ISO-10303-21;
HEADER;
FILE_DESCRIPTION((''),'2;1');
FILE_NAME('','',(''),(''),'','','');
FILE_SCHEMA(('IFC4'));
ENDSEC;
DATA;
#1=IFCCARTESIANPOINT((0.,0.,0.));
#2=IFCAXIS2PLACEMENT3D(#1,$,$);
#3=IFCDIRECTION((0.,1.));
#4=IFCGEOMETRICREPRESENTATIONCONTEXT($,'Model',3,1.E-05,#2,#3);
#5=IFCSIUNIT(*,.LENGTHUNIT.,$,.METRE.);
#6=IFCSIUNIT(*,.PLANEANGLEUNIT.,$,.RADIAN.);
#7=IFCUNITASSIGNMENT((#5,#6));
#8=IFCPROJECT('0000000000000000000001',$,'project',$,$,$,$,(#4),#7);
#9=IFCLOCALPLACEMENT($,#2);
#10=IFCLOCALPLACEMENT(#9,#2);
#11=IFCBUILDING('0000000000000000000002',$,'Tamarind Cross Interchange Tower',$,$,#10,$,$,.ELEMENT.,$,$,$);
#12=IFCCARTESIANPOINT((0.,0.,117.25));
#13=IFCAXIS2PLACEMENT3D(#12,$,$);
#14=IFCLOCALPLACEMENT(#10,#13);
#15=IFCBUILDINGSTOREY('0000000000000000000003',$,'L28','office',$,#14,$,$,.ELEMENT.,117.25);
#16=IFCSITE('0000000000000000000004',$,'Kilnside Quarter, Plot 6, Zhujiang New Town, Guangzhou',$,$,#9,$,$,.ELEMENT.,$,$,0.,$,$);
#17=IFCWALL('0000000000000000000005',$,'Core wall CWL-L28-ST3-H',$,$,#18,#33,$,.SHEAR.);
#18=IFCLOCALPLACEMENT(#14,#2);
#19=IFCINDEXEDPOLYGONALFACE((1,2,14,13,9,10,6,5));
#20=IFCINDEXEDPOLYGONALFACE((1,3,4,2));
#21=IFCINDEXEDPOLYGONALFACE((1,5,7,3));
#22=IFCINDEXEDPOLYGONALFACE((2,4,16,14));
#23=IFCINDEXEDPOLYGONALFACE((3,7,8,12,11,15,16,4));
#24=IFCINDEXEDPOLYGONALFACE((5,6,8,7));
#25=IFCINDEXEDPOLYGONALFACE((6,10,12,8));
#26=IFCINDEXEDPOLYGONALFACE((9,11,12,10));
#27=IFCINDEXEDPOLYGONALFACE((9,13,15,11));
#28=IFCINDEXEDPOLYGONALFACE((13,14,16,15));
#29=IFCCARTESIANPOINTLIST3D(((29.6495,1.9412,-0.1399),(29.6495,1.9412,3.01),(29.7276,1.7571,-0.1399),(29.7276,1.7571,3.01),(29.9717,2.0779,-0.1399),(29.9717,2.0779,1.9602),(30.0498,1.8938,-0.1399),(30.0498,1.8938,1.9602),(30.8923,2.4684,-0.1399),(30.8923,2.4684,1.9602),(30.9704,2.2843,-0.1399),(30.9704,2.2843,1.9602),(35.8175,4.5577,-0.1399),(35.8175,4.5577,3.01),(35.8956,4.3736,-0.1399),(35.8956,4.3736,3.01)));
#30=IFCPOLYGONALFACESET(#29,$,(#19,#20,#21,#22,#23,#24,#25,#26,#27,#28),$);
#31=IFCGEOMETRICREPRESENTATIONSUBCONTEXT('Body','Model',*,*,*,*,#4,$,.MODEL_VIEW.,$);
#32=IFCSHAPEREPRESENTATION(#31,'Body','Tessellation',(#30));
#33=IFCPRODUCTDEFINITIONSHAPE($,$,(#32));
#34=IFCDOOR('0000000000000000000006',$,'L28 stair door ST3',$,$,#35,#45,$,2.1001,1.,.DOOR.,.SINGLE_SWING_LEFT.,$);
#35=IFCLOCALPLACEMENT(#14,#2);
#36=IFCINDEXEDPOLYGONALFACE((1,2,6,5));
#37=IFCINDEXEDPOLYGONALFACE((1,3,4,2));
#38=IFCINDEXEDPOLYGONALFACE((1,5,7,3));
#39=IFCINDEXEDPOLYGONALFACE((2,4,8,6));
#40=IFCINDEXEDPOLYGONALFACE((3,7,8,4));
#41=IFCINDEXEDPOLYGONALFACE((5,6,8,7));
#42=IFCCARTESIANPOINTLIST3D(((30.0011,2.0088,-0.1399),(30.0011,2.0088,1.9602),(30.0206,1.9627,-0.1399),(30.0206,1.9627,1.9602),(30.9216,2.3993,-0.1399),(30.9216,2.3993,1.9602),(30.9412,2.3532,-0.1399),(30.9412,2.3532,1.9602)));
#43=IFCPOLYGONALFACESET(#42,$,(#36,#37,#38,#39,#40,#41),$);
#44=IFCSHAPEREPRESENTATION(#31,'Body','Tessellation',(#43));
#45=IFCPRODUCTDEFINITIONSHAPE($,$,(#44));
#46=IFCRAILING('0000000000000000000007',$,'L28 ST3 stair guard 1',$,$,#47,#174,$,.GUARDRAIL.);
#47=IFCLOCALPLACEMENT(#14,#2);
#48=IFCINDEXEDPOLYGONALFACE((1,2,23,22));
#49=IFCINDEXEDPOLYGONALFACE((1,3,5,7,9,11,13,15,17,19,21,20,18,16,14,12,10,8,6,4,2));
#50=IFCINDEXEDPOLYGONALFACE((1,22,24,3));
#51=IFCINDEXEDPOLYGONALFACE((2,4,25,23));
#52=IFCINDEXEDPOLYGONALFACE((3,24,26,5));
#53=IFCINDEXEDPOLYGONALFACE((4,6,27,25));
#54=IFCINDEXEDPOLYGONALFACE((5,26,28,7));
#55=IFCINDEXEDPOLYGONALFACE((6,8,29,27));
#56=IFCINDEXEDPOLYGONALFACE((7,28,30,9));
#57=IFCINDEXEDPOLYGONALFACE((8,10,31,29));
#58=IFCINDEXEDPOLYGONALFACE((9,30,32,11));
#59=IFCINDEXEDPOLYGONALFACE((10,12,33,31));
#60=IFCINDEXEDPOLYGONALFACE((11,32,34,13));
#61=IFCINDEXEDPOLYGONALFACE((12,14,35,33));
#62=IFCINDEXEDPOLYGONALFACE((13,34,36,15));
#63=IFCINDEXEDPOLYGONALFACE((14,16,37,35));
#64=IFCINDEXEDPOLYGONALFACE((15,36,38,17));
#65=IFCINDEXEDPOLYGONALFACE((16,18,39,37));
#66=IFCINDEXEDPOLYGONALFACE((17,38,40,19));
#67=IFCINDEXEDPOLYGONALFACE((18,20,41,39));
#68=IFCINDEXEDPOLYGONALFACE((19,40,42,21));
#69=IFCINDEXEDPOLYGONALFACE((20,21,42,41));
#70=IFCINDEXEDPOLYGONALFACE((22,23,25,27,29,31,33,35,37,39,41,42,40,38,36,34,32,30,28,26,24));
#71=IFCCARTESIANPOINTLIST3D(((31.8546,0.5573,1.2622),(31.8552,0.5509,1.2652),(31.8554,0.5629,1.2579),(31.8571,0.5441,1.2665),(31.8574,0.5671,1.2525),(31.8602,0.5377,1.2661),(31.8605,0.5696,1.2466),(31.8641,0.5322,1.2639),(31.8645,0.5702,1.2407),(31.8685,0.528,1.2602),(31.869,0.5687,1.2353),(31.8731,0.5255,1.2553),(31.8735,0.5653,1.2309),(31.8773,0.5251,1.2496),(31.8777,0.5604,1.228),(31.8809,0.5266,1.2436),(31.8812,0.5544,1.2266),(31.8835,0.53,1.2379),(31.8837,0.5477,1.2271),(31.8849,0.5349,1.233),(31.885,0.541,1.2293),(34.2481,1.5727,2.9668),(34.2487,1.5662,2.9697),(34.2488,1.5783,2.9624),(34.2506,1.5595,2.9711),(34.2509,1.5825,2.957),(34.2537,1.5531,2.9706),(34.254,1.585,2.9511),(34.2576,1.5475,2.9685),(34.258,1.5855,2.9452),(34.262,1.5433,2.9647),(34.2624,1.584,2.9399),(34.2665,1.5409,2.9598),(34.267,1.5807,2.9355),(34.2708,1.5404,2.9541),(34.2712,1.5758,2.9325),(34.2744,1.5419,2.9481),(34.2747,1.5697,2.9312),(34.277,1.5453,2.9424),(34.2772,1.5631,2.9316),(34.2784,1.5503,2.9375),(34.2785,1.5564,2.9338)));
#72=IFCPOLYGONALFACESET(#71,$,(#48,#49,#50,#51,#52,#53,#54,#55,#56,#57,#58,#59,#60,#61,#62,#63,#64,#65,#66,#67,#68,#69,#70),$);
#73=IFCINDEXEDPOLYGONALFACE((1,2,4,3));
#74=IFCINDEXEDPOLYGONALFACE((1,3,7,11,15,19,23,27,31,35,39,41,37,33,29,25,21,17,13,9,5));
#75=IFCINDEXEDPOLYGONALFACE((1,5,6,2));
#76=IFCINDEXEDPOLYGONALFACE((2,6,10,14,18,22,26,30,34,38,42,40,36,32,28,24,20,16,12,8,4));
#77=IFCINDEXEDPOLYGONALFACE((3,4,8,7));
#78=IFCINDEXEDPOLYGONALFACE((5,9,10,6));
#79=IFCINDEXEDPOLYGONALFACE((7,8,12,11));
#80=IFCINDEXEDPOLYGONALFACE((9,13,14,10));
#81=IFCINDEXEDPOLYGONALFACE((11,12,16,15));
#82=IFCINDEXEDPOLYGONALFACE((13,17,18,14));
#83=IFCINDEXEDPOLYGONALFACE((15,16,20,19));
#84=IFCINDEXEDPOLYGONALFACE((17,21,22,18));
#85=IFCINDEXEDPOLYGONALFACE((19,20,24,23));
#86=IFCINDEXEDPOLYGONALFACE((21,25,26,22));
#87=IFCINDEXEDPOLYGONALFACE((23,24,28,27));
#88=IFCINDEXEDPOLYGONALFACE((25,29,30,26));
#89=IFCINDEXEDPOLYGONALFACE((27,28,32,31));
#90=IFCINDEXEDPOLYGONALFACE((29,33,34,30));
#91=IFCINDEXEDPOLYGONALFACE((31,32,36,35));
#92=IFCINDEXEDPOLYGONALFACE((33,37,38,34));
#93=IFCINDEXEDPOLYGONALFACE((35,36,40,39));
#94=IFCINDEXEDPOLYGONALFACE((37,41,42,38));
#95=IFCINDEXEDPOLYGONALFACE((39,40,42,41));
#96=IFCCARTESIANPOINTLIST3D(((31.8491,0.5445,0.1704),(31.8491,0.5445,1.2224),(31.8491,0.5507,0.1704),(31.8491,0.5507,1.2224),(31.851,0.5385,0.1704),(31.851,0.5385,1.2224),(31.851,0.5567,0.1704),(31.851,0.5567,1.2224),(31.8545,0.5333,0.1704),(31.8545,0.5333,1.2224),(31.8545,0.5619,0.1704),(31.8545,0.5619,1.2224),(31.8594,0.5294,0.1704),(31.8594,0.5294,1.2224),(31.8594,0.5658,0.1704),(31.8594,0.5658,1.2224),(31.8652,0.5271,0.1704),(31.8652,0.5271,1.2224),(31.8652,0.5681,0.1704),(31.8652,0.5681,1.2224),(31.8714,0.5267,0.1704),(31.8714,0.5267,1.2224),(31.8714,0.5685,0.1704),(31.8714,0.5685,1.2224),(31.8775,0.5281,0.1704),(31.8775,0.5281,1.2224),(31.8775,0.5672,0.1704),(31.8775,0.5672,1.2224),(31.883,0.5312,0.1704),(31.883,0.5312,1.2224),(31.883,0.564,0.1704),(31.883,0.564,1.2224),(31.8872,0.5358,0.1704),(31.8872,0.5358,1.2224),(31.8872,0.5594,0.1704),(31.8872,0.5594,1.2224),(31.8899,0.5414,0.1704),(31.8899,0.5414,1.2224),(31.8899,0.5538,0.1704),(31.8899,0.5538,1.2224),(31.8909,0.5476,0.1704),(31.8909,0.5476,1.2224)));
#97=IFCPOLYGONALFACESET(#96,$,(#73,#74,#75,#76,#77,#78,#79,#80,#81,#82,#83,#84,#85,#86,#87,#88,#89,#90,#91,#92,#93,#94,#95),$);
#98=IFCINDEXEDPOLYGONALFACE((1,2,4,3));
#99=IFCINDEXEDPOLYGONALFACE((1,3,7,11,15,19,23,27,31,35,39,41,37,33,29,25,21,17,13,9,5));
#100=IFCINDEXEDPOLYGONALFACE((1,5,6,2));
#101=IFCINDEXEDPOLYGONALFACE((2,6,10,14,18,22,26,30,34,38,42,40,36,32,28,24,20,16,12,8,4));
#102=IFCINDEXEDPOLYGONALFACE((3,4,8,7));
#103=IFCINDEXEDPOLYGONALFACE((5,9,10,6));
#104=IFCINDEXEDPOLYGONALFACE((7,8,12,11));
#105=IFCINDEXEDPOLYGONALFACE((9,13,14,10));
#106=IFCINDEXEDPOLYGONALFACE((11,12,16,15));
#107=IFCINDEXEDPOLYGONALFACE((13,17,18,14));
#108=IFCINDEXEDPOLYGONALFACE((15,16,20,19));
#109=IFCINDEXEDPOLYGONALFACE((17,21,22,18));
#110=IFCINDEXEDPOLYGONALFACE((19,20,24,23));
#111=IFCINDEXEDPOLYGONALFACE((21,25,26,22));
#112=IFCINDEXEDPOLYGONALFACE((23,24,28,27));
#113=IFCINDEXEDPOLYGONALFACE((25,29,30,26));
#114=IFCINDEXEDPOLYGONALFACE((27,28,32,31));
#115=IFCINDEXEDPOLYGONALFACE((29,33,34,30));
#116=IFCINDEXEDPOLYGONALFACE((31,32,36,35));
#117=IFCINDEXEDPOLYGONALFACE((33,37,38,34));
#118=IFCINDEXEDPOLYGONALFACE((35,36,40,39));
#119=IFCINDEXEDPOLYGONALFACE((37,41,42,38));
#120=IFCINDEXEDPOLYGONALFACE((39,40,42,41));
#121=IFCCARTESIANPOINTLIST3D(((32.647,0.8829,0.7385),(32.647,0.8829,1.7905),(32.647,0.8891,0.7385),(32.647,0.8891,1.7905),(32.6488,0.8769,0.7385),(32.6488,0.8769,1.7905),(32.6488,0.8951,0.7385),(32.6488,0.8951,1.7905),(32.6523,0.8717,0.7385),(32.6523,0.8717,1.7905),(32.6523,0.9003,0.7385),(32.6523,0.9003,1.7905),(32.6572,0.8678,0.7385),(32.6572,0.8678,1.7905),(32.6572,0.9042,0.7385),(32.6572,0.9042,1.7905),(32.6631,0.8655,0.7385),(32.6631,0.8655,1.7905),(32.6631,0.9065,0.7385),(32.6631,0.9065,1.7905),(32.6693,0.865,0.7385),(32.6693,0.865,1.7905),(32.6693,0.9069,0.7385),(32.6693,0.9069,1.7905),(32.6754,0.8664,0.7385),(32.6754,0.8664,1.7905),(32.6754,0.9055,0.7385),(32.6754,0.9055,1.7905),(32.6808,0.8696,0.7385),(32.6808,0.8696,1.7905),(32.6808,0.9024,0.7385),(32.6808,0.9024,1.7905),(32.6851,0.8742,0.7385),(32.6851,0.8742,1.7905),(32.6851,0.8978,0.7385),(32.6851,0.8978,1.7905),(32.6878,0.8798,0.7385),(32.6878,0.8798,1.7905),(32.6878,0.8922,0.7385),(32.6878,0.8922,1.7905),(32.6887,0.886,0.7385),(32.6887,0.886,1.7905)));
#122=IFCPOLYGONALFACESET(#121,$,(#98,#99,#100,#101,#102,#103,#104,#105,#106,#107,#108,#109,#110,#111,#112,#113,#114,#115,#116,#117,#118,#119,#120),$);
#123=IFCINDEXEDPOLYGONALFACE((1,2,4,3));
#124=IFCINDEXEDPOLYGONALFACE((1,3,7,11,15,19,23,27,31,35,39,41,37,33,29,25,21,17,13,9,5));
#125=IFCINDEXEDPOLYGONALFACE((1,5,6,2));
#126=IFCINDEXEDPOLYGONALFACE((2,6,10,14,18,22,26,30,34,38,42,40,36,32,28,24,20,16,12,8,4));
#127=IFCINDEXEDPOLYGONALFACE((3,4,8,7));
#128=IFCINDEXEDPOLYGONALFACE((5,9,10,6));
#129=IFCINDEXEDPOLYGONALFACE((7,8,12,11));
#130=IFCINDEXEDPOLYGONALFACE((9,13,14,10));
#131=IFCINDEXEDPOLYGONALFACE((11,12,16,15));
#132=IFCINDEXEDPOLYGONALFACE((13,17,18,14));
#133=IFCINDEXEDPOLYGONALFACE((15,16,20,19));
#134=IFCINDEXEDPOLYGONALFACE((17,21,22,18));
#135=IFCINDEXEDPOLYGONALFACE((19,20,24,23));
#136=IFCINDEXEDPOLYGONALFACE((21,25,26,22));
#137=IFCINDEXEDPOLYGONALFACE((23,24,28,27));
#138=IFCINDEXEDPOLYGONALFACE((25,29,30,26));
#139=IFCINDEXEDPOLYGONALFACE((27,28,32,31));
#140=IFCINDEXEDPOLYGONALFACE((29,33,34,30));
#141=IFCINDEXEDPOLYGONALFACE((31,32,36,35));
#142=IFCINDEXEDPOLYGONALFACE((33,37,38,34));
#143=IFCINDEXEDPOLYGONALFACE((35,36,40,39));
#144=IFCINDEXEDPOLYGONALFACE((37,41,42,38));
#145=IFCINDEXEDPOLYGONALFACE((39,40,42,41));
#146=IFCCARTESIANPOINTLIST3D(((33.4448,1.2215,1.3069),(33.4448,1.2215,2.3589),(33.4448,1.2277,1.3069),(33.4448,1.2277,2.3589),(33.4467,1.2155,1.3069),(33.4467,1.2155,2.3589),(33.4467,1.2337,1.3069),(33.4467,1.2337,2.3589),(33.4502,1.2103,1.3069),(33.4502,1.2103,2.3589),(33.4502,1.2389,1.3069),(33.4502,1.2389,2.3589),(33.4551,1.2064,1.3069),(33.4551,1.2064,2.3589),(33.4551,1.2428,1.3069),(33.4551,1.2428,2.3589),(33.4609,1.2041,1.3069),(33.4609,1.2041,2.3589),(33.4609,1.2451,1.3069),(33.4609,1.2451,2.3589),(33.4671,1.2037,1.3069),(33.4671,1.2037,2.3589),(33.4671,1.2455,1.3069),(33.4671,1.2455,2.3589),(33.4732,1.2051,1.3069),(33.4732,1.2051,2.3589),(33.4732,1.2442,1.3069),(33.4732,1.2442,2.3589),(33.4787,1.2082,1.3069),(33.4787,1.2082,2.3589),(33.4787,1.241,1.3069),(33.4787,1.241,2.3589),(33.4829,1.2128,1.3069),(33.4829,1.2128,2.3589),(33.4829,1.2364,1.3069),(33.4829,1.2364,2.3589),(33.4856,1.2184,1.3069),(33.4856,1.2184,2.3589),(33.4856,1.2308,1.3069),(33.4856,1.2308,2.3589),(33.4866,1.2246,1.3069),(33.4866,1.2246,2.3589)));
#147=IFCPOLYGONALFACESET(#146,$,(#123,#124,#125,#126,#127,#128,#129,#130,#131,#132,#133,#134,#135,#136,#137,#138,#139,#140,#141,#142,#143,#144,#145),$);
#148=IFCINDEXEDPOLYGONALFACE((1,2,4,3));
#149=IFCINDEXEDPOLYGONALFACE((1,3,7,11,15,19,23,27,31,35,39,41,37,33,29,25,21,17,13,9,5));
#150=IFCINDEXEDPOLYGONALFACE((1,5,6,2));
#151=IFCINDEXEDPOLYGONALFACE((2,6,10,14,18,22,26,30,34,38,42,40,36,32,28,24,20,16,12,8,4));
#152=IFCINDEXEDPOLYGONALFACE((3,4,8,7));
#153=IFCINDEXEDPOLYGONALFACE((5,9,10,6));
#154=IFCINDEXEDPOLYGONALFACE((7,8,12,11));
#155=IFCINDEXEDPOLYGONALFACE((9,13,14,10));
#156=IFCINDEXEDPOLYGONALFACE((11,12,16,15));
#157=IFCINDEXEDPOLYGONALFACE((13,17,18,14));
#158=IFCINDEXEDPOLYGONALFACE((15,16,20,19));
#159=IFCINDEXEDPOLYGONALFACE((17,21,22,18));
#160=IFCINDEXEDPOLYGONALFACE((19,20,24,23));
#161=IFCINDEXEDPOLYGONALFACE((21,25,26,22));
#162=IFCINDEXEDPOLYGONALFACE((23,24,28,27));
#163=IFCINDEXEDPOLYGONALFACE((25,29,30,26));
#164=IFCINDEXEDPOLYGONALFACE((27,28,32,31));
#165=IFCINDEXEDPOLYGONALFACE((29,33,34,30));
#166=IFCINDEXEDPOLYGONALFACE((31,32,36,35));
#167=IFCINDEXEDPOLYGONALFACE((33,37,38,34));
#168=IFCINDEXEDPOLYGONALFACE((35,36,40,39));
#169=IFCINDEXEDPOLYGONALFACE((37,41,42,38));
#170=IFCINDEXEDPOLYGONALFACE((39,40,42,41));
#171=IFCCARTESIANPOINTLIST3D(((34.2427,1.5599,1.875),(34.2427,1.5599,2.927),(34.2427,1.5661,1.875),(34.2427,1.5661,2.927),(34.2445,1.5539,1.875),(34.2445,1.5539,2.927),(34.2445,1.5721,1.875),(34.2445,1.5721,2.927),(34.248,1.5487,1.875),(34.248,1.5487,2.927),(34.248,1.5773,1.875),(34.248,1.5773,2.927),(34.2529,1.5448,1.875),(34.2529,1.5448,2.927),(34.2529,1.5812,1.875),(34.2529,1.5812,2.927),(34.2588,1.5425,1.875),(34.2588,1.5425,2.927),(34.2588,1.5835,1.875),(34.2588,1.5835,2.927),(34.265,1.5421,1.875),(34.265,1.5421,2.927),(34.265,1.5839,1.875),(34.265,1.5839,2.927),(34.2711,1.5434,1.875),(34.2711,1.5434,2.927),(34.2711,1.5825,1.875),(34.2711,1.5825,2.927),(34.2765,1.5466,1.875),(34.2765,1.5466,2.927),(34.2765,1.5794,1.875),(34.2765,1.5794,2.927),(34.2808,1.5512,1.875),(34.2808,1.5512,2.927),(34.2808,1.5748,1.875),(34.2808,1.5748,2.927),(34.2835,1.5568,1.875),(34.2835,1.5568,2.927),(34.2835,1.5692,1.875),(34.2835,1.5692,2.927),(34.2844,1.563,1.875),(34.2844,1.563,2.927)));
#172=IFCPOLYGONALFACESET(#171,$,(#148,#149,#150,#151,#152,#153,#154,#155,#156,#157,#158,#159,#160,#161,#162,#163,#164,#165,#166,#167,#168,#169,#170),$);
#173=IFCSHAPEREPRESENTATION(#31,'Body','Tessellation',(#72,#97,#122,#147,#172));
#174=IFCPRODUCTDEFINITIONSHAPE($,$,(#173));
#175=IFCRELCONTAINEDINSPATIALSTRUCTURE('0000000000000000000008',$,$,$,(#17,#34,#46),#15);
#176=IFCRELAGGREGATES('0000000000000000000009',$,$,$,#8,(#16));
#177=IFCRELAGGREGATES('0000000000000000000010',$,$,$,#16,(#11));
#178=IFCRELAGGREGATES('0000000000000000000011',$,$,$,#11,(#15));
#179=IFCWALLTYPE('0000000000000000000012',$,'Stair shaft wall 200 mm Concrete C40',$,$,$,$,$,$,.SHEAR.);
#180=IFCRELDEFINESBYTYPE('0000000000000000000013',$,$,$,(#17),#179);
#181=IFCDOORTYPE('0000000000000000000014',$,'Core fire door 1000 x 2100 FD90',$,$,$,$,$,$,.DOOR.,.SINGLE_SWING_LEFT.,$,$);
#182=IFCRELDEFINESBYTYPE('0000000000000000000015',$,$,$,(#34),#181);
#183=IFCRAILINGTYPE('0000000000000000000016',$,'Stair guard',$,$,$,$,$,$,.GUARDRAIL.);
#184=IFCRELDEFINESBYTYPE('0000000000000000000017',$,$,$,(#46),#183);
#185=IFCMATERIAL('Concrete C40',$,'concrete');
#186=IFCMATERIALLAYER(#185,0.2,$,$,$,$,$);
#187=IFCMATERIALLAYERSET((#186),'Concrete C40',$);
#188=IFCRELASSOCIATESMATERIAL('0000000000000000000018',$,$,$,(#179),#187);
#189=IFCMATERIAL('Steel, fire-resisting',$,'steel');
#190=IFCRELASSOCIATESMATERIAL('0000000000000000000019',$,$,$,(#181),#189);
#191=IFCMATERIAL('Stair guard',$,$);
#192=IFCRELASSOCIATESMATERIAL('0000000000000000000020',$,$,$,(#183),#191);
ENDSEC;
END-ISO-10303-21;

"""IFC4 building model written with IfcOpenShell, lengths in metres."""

from ifc_helpers import new_model, si_unit, direction, frame, frame_2d, origin, origin_2d, place, context, subcontext, project, spatial, rectangle, circle, extrude, material, layer, layer_set, type_object, element, fill, save


model = new_model("IFC4")

# Units and contexts
model_context = context("Model", 3, precision=1e-05, world=origin(), true_north=direction((0.0, 1.0)))
body_context = subcontext(model_context, "Body", "Model", "MODEL_VIEW")
ifc_project = project(units=[si_unit("LENGTHUNIT", "METRE"), si_unit("PLANEANGLEUNIT", "RADIAN")], contexts=[model_context])

# Site, building, storey
site_placement = place(None, origin())
site = spatial("IfcSite", under=ifc_project, at=site_placement, Name="Kilnside Quarter, Plot 6, Zhujiang New Town, Guangzhou", CompositionType="ELEMENT", RefElevation=0.0)
building_placement = place(site_placement, origin())
building = spatial("IfcBuilding", under=site, at=building_placement, Name="Tamarind Cross Interchange Tower", CompositionType="ELEMENT")
storey_placement = place(building_placement, frame((0.0, 0.0, 117.25)))
storey = spatial("IfcBuildingStorey", under=building, at=storey_placement, Name="L28", Description="office", CompositionType="ELEMENT", Elevation=117.25)

# Wall, opening, door
ifc_material_1 = material(Name="Concrete C40", Category="concrete")
ifc_layer_1 = layer(ifc_material_1, 0.2)
ifc_layer_set_1 = layer_set([ifc_layer_1], Name="Concrete C40")
wall_type_1 = type_object("IfcWallType", Name="Stair shaft wall 200 mm Concrete C40", PredefinedType="SHEAR", material=ifc_layer_set_1)
wall_1_placement = place(storey_placement, frame((29.6885, 1.8491, -0.1399), z_axis=(0.0, 0.0, 1.0), x_axis=(0.920596, 0.390517, 0.0)))
wall_1 = element("IfcWall", 1, at=wall_1_placement, inside=storey, type_object=wall_type_1, Name="Core wall CWL-L28-ST3-H", PredefinedType="SHEAR", context=body_context, shape_type="SweptSolid", body=[
    extrude(rectangle(XDim=6.7, YDim=0.2, at=frame_2d((3.3501, 0.0))), origin(), (0.0, 0.0, 1.0), 3.1499),
])
opening_1_placement = place(wall_1_placement, frame((0.3501, 0.0, 0.0)))
opening_1 = element("IfcOpeningElement", 2, at=opening_1_placement, cuts=wall_1, PredefinedType="OPENING", context=body_context, shape_type="SweptSolid", body=[
    extrude(rectangle(XDim=1.0, YDim=2.1001, at=frame_2d((0.5, 1.05))), frame((0.0, 0.1099, 0.0), z_axis=(0.0, -1.0, 0.0), x_axis=(1.0, 0.0, 0.0)), (0.0, 0.0, 1.0), 0.22),
])
ifc_material_2 = material(Name="Steel, fire-resisting", Category="steel")
door_type_1 = type_object("IfcDoorType", Name="Core fire door 1000 x 2100 FD90", OperationType="SINGLE_SWING_LEFT", PredefinedType="DOOR", material=ifc_material_2)
door_1_placement = place(opening_1_placement, origin())
door_1 = element("IfcDoor", 3, at=door_1_placement, inside=storey, type_object=door_type_1, Name="L28 stair door ST3", OperationType="SINGLE_SWING_LEFT", OverallHeight=2.1001, OverallWidth=1.0, PredefinedType="DOOR", context=body_context, shape_type="SweptSolid", body=[
    extrude(rectangle(XDim=1.0, YDim=2.1001, at=frame_2d((0.5, 1.05))), frame((0.0, 0.0249, 0.0), z_axis=(0.0, -1.0, 0.0), x_axis=(1.0, 0.0, 0.0)), (0.0, 0.0, 1.0), 0.05),
])
fill(opening_1, door_1)

# Railing
ifc_material_3 = material(Name="Stair guard")
railing_type_1 = type_object("IfcRailingType", Name="Stair guard", PredefinedType="GUARDRAIL", material=ifc_material_3)
railing_1_placement = place(storey_placement, frame((31.8699, 0.5476, 0.1704)))
element("IfcRailing", 4, at=railing_1_placement, inside=storey, type_object=railing_type_1, Name="L28 ST3 stair guard 1", PredefinedType="GUARDRAIL", context=body_context, shape_type="SweptSolid", body=[
    extrude(circle(Radius=0.0239, at=origin_2d()), frame((0.0, 0.0, 1.0762), z_axis=(0.769885, 0.326597, 0.54828), x_axis=(-0.390528, 0.920591, 0.0)), (0.0, 0.0, 1.0), 3.1089),
    extrude(circle(Radius=0.021, at=origin_2d()), origin(), (0.0, 0.0, 1.0), 1.052),
    extrude(circle(Radius=0.021, at=origin_2d()), frame((0.7979, 0.3384, 0.5681)), (0.0, 0.0, 1.0), 1.052),
    extrude(circle(Radius=0.021, at=origin_2d()), frame((1.5957, 0.677, 1.1365)), (0.0, 0.0, 1.0), 1.052),
    extrude(circle(Radius=0.021, at=origin_2d()), frame((2.3936, 1.0154, 1.7046)), (0.0, 0.0, 1.0), 1.052),
])

save(model, "model.ifc")
